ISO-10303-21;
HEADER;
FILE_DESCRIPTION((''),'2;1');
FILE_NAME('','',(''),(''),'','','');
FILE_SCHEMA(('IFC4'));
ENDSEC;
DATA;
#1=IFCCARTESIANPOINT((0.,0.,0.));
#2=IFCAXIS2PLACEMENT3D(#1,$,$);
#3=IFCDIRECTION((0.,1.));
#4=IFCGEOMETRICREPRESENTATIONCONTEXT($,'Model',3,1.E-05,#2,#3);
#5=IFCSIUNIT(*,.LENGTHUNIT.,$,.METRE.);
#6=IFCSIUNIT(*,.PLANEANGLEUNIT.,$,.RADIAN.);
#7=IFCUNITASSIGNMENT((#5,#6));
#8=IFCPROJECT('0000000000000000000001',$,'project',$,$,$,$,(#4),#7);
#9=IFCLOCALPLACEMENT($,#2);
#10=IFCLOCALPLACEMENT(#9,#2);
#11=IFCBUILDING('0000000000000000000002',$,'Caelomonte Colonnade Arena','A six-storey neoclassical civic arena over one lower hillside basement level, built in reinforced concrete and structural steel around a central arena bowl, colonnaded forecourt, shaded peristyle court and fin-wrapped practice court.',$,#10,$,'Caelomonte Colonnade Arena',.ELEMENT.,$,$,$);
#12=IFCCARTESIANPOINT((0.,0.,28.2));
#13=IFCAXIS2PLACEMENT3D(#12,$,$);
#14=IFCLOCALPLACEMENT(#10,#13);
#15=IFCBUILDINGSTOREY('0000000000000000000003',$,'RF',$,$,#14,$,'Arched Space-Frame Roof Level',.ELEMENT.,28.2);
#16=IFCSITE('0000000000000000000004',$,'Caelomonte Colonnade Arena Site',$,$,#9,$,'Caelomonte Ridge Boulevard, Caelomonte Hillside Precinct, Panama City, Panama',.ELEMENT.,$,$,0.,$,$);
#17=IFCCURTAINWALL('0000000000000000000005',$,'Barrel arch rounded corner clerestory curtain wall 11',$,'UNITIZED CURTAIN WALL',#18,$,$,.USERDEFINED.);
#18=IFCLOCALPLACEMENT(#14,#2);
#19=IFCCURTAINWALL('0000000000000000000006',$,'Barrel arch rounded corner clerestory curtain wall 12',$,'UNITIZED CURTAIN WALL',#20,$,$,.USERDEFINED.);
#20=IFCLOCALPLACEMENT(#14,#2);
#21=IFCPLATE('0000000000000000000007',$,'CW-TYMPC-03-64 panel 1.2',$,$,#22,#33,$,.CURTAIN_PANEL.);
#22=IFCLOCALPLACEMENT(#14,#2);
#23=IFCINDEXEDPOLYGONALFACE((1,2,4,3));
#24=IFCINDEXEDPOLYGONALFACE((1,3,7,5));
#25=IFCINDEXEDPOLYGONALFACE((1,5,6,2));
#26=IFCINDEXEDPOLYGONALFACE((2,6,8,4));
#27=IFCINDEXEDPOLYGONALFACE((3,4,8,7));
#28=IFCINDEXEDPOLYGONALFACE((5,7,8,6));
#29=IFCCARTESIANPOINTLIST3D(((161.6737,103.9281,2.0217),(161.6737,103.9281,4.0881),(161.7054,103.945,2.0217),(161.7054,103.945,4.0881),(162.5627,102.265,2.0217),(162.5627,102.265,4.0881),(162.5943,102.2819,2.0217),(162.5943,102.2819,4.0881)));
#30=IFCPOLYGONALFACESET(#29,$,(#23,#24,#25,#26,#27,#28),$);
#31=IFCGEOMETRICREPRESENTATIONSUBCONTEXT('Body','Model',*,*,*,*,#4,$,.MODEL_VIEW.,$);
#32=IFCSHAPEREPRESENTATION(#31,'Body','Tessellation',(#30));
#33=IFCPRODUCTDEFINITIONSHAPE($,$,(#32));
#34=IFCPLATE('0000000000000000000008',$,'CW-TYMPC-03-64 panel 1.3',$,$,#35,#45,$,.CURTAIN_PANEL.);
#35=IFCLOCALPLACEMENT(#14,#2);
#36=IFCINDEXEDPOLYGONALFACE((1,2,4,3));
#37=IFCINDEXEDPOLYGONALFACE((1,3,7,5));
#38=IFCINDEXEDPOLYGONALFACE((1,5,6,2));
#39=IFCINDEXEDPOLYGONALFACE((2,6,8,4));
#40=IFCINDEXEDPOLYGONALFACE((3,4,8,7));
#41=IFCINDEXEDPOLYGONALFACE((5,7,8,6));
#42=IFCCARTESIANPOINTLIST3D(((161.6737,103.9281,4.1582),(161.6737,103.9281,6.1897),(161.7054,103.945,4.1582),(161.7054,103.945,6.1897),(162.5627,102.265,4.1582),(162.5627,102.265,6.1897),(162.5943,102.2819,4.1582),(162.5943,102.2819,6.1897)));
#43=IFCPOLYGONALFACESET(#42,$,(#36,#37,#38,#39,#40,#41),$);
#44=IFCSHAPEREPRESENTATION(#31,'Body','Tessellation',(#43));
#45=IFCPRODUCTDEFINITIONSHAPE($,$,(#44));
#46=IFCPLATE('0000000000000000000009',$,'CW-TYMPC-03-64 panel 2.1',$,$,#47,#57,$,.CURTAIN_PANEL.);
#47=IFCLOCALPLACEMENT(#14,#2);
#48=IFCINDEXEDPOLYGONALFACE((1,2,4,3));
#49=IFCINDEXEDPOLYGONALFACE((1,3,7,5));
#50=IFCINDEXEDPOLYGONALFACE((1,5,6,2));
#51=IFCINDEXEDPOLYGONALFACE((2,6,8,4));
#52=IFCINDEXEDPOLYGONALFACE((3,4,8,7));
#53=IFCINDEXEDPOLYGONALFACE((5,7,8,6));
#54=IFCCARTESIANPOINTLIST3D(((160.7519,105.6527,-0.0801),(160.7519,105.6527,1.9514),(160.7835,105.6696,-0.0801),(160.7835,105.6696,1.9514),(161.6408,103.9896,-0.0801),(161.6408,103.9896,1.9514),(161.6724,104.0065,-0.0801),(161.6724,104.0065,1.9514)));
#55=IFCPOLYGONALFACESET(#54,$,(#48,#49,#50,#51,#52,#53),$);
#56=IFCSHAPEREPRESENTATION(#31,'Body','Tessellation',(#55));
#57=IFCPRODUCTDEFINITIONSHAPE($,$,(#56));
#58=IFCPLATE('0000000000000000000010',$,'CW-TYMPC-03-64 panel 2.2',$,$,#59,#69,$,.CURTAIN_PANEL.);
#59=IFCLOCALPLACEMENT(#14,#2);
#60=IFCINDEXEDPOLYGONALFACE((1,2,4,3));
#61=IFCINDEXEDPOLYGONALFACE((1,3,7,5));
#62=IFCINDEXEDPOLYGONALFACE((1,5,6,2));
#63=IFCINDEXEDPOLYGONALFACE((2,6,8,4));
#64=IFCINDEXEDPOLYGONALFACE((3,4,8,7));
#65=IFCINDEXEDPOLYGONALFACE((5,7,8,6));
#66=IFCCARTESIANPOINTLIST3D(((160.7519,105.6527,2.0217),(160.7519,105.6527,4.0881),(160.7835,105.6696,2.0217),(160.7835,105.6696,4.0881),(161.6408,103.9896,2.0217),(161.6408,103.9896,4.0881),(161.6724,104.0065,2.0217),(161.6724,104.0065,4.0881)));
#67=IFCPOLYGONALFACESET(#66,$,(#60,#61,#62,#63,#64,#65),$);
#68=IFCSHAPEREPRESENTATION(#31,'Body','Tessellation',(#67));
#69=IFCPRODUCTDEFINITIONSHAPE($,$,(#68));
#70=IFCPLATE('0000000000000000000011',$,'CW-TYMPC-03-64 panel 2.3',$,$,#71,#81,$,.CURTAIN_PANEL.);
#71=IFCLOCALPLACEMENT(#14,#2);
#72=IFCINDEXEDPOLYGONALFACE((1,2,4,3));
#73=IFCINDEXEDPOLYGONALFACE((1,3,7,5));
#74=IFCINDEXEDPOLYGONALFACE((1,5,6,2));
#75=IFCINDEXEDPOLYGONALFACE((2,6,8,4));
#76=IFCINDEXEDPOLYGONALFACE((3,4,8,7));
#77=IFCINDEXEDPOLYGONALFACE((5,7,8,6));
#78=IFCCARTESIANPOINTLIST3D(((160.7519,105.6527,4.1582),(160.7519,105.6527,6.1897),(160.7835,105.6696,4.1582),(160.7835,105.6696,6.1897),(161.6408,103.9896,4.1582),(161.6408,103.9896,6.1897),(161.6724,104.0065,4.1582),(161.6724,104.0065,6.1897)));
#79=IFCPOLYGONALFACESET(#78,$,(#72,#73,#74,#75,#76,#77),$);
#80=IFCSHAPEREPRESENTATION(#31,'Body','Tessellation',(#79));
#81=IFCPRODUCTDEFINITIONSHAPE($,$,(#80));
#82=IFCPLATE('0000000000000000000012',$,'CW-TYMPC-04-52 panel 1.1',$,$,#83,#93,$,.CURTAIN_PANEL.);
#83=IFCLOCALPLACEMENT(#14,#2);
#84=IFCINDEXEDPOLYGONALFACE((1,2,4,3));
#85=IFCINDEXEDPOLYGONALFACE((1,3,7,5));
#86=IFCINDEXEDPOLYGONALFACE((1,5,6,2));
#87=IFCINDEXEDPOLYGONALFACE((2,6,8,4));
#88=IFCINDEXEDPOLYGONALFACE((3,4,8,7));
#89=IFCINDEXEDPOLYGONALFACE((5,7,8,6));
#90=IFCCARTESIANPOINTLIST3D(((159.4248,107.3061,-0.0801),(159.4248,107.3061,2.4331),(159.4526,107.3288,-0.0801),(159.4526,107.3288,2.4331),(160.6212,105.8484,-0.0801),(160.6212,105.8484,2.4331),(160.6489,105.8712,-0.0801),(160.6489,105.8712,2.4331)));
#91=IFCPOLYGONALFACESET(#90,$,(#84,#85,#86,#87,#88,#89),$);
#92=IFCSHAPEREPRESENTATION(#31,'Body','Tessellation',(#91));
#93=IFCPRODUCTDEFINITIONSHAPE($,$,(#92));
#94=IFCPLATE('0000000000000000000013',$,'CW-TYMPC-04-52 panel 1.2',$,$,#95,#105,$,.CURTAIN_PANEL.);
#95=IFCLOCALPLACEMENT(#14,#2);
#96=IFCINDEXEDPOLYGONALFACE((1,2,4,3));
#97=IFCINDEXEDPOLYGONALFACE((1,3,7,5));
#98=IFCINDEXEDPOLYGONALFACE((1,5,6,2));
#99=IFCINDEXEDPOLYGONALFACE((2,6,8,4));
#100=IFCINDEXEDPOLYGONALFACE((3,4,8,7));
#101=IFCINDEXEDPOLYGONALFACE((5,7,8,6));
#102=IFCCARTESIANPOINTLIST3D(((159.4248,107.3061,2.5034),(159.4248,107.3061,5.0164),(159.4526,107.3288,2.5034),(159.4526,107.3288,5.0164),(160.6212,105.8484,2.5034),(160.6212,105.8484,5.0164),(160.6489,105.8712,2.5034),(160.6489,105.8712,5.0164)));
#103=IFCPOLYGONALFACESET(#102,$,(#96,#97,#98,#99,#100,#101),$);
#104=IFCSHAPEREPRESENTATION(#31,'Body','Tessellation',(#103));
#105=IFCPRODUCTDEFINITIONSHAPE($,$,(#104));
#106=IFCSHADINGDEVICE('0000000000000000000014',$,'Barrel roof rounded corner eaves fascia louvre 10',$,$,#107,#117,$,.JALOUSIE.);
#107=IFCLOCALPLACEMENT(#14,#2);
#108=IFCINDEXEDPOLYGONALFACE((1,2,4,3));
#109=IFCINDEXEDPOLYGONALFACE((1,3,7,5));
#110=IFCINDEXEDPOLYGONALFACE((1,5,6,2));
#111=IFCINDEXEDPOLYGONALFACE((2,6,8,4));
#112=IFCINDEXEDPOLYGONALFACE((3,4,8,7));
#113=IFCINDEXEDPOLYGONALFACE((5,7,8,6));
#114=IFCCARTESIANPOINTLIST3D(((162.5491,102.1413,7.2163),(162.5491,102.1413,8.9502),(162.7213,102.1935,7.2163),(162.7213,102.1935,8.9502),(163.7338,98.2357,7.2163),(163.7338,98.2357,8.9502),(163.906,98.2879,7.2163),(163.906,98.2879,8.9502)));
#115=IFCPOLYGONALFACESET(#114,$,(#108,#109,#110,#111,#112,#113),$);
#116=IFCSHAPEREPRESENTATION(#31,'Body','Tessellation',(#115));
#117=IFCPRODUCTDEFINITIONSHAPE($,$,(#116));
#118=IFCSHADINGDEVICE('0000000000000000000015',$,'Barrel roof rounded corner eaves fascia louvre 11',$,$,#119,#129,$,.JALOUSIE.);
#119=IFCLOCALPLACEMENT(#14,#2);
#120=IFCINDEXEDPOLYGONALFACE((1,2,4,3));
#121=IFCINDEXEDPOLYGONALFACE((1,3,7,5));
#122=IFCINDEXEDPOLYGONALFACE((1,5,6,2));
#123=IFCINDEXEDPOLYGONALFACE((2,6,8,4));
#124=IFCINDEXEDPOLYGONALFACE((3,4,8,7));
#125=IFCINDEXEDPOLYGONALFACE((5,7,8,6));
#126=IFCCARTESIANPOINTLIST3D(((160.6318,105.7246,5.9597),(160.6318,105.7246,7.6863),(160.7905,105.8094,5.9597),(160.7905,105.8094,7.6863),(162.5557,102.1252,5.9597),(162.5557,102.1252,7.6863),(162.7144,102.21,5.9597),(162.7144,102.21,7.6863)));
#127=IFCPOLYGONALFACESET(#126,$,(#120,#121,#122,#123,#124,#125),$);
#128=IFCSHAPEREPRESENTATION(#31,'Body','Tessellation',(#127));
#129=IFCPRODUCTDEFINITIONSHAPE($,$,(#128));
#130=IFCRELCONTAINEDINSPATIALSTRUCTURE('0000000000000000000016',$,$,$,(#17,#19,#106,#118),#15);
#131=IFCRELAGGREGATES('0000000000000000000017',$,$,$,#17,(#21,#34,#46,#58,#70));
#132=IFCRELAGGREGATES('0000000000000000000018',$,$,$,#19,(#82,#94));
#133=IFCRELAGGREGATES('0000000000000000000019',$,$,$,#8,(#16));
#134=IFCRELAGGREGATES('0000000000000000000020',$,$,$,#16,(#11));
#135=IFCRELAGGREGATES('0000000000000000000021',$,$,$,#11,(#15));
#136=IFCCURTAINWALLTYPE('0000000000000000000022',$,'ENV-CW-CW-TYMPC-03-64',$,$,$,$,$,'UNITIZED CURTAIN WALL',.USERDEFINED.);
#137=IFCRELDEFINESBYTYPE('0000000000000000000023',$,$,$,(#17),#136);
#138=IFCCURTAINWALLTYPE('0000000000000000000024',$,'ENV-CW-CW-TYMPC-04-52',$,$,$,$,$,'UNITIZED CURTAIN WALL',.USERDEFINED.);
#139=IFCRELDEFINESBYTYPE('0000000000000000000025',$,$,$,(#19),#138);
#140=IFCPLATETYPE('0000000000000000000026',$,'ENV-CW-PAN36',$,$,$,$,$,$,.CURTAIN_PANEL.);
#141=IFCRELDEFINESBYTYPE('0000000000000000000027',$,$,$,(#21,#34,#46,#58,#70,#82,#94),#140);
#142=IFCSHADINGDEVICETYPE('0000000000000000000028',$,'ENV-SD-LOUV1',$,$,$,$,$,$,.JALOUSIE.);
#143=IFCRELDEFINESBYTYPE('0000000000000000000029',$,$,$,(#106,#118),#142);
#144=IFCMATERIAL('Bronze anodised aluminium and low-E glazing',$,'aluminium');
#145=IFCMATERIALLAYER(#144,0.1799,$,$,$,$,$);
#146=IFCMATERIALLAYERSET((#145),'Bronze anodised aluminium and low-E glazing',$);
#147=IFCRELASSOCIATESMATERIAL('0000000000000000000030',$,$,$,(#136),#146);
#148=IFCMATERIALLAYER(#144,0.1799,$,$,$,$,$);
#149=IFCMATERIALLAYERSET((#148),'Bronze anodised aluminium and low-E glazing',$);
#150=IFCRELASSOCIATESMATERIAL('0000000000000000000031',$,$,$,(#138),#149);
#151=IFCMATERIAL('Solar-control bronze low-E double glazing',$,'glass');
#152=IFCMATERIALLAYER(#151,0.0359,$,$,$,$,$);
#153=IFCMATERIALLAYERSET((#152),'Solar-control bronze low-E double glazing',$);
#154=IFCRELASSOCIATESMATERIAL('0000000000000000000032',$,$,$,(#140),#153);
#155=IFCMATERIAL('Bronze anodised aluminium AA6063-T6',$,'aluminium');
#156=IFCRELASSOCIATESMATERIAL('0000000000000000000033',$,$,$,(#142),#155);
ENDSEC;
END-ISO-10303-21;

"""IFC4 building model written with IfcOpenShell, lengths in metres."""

from ifc_helpers import new_model, si_unit, direction, frame, origin, origin_2d, place, context, subcontext, project, spatial, rectangle, extrude, material, layer, layer_set, type_object, element, aggregate, save


model = new_model("IFC4")

# Units and contexts
model_context = context("Model", 3, precision=1e-05, world=origin(), true_north=direction((0.0, 1.0)))
body_context = subcontext(model_context, "Body", "Model", "MODEL_VIEW")
ifc_project = project(units=[si_unit("LENGTHUNIT", "METRE"), si_unit("PLANEANGLEUNIT", "RADIAN")], contexts=[model_context])

# Site, building, storey
site_placement = place(None, origin())
site = spatial("IfcSite", under=ifc_project, at=site_placement, Name="Caelomonte Colonnade Arena Site", LongName="Caelomonte Ridge Boulevard, Caelomonte Hillside Precinct, Panama City, Panama", CompositionType="ELEMENT", RefElevation=0.0)
building_placement = place(site_placement, origin())
building = spatial("IfcBuilding", under=site, at=building_placement, Name="Caelomonte Colonnade Arena", Description="A six-storey neoclassical civic arena over one lower hillside basement level, built in reinforced concrete and structural steel around a central arena bowl, colonnaded forecourt, shaded peristyle court and fin-wrapped practice court.", LongName="Caelomonte Colonnade Arena", CompositionType="ELEMENT")
storey_placement = place(building_placement, frame((0.0, 0.0, 28.2)))
storey = spatial("IfcBuildingStorey", under=building, at=storey_placement, Name="RF", LongName="Arched Space-Frame Roof Level", CompositionType="ELEMENT", Elevation=28.2)

# Curtain wall
ifc_material_1 = material(Name="Bronze anodised aluminium and low-E glazing", Category="aluminium")
ifc_material_2 = material(Name="Bronze anodised aluminium AA6063-T6", Category="aluminium")
ifc_layer_1 = layer(ifc_material_1, 0.1799)
ifc_layer_set_1 = layer_set([ifc_layer_1], Name="Bronze anodised aluminium and low-E glazing")
curtain_wall_type_1 = type_object("IfcCurtainWallType", Name="ENV-CW-CW-TYMPC-03-64", ElementType="UNITIZED CURTAIN WALL", PredefinedType="USERDEFINED", material=ifc_layer_set_1)
curtain_wall_1_placement = place(storey_placement, origin())
curtain_wall_1 = element("IfcCurtainWall", 1, at=curtain_wall_1_placement, inside=storey, type_object=curtain_wall_type_1, Name="Barrel arch rounded corner clerestory curtain wall 11", ObjectType="UNITIZED CURTAIN WALL", PredefinedType="USERDEFINED")

# Curtain wall
ifc_layer_2 = layer(ifc_material_1, 0.1799)
ifc_layer_set_2 = layer_set([ifc_layer_2], Name="Bronze anodised aluminium and low-E glazing")
curtain_wall_type_2 = type_object("IfcCurtainWallType", Name="ENV-CW-CW-TYMPC-04-52", ElementType="UNITIZED CURTAIN WALL", PredefinedType="USERDEFINED", material=ifc_layer_set_2)
curtain_wall_2_placement = place(storey_placement, origin())
curtain_wall_2 = element("IfcCurtainWall", 2, at=curtain_wall_2_placement, inside=storey, type_object=curtain_wall_type_2, Name="Barrel arch rounded corner clerestory curtain wall 12", ObjectType="UNITIZED CURTAIN WALL", PredefinedType="USERDEFINED")

# Plates
ifc_material_3 = material(Name="Solar-control bronze low-E double glazing", Category="glass")
ifc_layer_3 = layer(ifc_material_3, 0.0359)
ifc_layer_set_3 = layer_set([ifc_layer_3], Name="Solar-control bronze low-E double glazing")
plate_type = type_object("IfcPlateType", Name="ENV-CW-PAN36", PredefinedType="CURTAIN_PANEL", material=ifc_layer_set_3)
plate_1_placement = place(storey_placement, frame((162.134, 103.105, 2.0217), z_axis=(0.0, 0.0, 1.0), x_axis=(-0.471391, 0.881924, 0.0)))
plate_1 = element("IfcPlate", 3, at=plate_1_placement, type_object=plate_type, Name="CW-TYMPC-03-64 panel 1.2", PredefinedType="CURTAIN_PANEL", context=body_context, shape_type="SweptSolid", body=[
    extrude(rectangle(XDim=1.8857, YDim=0.0359, at=origin_2d()), origin(), (0.0, 0.0, 1.0), 2.0664),
])
plate_2_placement = place(storey_placement, frame((162.134, 103.105, 4.1582), z_axis=(0.0, 0.0, 1.0), x_axis=(-0.471391, 0.881924, 0.0)))
plate_2 = element("IfcPlate", 4, at=plate_2_placement, type_object=plate_type, Name="CW-TYMPC-03-64 panel 1.3", PredefinedType="CURTAIN_PANEL", context=body_context, shape_type="SweptSolid", body=[
    extrude(rectangle(XDim=1.8857, YDim=0.0359, at=origin_2d()), origin(), (0.0, 0.0, 1.0), 2.0315),
])
plate_3_placement = place(storey_placement, frame((161.2122, 104.8296, -0.0801), z_axis=(0.0, 0.0, 1.0), x_axis=(-0.471391, 0.881924, 0.0)))
plate_3 = element("IfcPlate", 5, at=plate_3_placement, type_object=plate_type, Name="CW-TYMPC-03-64 panel 2.1", PredefinedType="CURTAIN_PANEL", context=body_context, shape_type="SweptSolid", body=[
    extrude(rectangle(XDim=1.8857, YDim=0.0359, at=origin_2d()), origin(), (0.0, 0.0, 1.0), 2.0315),
])
plate_4_placement = place(storey_placement, frame((161.2122, 104.8296, 2.0217), z_axis=(0.0, 0.0, 1.0), x_axis=(-0.471391, 0.881924, 0.0)))
plate_4 = element("IfcPlate", 6, at=plate_4_placement, type_object=plate_type, Name="CW-TYMPC-03-64 panel 2.2", PredefinedType="CURTAIN_PANEL", context=body_context, shape_type="SweptSolid", body=[
    extrude(rectangle(XDim=1.8857, YDim=0.0359, at=origin_2d()), origin(), (0.0, 0.0, 1.0), 2.0664),
])
plate_5_placement = place(storey_placement, frame((161.2122, 104.8296, 4.1582), z_axis=(0.0, 0.0, 1.0), x_axis=(-0.471391, 0.881924, 0.0)))
plate_5 = element("IfcPlate", 7, at=plate_5_placement, type_object=plate_type, Name="CW-TYMPC-03-64 panel 2.3", PredefinedType="CURTAIN_PANEL", context=body_context, shape_type="SweptSolid", body=[
    extrude(rectangle(XDim=1.8857, YDim=0.0359, at=origin_2d()), origin(), (0.0, 0.0, 1.0), 2.0315),
])
aggregate(curtain_wall_1, [plate_1, plate_2, plate_3, plate_4, plate_5])
plate_6_placement = place(storey_placement, frame((160.0369, 106.5886, -0.0801), z_axis=(0.0, 0.0, 1.0), x_axis=(-0.634405, 0.773001, 0.0)))
plate_6 = element("IfcPlate", 8, at=plate_6_placement, type_object=plate_type, Name="CW-TYMPC-04-52 panel 1.1", PredefinedType="CURTAIN_PANEL", context=body_context, shape_type="SweptSolid", body=[
    extrude(rectangle(XDim=1.8857, YDim=0.0359, at=origin_2d()), origin(), (0.0, 0.0, 1.0), 2.5132),
])
plate_7_placement = place(storey_placement, frame((160.0369, 106.5886, 2.5034), z_axis=(0.0, 0.0, 1.0), x_axis=(-0.634405, 0.773001, 0.0)))
plate_7 = element("IfcPlate", 9, at=plate_7_placement, type_object=plate_type, Name="CW-TYMPC-04-52 panel 1.2", PredefinedType="CURTAIN_PANEL", context=body_context, shape_type="SweptSolid", body=[
    extrude(rectangle(XDim=1.8857, YDim=0.0359, at=origin_2d()), origin(), (0.0, 0.0, 1.0), 2.5129),
])
aggregate(curtain_wall_2, [plate_6, plate_7])

# Shading devices
shading_device_type = type_object("IfcShadingDeviceType", Name="ENV-SD-LOUV1", PredefinedType="JALOUSIE", material=ifc_material_2)
shading_device_1_placement = place(storey_placement, frame((163.2275, 100.2146, 7.2163), z_axis=(0.0, 0.0, 1.0), x_axis=(-0.290266, 0.956946, 0.0)))
element("IfcShadingDevice", 10, at=shading_device_1_placement, inside=storey, type_object=shading_device_type, Name="Barrel roof rounded corner eaves fascia louvre 10", PredefinedType="JALOUSIE", context=body_context, shape_type="SweptSolid", body=[
    extrude(rectangle(XDim=4.0813, YDim=0.1799, at=origin_2d()), origin(), (0.0, 0.0, 1.0), 1.7339),
])
shading_device_2_placement = place(storey_placement, frame((161.6731, 103.9673, 5.9597), z_axis=(0.0, 0.0, 1.0), x_axis=(-0.471401, 0.881919, 0.0)))
element("IfcShadingDevice", 11, at=shading_device_2_placement, inside=storey, type_object=shading_device_type, Name="Barrel roof rounded corner eaves fascia louvre 11", PredefinedType="JALOUSIE", context=body_context, shape_type="SweptSolid", body=[
    extrude(rectangle(XDim=4.0813, YDim=0.1799, at=origin_2d()), origin(), (0.0, 0.0, 1.0), 1.7266),
])

save(model, "model.ifc")
